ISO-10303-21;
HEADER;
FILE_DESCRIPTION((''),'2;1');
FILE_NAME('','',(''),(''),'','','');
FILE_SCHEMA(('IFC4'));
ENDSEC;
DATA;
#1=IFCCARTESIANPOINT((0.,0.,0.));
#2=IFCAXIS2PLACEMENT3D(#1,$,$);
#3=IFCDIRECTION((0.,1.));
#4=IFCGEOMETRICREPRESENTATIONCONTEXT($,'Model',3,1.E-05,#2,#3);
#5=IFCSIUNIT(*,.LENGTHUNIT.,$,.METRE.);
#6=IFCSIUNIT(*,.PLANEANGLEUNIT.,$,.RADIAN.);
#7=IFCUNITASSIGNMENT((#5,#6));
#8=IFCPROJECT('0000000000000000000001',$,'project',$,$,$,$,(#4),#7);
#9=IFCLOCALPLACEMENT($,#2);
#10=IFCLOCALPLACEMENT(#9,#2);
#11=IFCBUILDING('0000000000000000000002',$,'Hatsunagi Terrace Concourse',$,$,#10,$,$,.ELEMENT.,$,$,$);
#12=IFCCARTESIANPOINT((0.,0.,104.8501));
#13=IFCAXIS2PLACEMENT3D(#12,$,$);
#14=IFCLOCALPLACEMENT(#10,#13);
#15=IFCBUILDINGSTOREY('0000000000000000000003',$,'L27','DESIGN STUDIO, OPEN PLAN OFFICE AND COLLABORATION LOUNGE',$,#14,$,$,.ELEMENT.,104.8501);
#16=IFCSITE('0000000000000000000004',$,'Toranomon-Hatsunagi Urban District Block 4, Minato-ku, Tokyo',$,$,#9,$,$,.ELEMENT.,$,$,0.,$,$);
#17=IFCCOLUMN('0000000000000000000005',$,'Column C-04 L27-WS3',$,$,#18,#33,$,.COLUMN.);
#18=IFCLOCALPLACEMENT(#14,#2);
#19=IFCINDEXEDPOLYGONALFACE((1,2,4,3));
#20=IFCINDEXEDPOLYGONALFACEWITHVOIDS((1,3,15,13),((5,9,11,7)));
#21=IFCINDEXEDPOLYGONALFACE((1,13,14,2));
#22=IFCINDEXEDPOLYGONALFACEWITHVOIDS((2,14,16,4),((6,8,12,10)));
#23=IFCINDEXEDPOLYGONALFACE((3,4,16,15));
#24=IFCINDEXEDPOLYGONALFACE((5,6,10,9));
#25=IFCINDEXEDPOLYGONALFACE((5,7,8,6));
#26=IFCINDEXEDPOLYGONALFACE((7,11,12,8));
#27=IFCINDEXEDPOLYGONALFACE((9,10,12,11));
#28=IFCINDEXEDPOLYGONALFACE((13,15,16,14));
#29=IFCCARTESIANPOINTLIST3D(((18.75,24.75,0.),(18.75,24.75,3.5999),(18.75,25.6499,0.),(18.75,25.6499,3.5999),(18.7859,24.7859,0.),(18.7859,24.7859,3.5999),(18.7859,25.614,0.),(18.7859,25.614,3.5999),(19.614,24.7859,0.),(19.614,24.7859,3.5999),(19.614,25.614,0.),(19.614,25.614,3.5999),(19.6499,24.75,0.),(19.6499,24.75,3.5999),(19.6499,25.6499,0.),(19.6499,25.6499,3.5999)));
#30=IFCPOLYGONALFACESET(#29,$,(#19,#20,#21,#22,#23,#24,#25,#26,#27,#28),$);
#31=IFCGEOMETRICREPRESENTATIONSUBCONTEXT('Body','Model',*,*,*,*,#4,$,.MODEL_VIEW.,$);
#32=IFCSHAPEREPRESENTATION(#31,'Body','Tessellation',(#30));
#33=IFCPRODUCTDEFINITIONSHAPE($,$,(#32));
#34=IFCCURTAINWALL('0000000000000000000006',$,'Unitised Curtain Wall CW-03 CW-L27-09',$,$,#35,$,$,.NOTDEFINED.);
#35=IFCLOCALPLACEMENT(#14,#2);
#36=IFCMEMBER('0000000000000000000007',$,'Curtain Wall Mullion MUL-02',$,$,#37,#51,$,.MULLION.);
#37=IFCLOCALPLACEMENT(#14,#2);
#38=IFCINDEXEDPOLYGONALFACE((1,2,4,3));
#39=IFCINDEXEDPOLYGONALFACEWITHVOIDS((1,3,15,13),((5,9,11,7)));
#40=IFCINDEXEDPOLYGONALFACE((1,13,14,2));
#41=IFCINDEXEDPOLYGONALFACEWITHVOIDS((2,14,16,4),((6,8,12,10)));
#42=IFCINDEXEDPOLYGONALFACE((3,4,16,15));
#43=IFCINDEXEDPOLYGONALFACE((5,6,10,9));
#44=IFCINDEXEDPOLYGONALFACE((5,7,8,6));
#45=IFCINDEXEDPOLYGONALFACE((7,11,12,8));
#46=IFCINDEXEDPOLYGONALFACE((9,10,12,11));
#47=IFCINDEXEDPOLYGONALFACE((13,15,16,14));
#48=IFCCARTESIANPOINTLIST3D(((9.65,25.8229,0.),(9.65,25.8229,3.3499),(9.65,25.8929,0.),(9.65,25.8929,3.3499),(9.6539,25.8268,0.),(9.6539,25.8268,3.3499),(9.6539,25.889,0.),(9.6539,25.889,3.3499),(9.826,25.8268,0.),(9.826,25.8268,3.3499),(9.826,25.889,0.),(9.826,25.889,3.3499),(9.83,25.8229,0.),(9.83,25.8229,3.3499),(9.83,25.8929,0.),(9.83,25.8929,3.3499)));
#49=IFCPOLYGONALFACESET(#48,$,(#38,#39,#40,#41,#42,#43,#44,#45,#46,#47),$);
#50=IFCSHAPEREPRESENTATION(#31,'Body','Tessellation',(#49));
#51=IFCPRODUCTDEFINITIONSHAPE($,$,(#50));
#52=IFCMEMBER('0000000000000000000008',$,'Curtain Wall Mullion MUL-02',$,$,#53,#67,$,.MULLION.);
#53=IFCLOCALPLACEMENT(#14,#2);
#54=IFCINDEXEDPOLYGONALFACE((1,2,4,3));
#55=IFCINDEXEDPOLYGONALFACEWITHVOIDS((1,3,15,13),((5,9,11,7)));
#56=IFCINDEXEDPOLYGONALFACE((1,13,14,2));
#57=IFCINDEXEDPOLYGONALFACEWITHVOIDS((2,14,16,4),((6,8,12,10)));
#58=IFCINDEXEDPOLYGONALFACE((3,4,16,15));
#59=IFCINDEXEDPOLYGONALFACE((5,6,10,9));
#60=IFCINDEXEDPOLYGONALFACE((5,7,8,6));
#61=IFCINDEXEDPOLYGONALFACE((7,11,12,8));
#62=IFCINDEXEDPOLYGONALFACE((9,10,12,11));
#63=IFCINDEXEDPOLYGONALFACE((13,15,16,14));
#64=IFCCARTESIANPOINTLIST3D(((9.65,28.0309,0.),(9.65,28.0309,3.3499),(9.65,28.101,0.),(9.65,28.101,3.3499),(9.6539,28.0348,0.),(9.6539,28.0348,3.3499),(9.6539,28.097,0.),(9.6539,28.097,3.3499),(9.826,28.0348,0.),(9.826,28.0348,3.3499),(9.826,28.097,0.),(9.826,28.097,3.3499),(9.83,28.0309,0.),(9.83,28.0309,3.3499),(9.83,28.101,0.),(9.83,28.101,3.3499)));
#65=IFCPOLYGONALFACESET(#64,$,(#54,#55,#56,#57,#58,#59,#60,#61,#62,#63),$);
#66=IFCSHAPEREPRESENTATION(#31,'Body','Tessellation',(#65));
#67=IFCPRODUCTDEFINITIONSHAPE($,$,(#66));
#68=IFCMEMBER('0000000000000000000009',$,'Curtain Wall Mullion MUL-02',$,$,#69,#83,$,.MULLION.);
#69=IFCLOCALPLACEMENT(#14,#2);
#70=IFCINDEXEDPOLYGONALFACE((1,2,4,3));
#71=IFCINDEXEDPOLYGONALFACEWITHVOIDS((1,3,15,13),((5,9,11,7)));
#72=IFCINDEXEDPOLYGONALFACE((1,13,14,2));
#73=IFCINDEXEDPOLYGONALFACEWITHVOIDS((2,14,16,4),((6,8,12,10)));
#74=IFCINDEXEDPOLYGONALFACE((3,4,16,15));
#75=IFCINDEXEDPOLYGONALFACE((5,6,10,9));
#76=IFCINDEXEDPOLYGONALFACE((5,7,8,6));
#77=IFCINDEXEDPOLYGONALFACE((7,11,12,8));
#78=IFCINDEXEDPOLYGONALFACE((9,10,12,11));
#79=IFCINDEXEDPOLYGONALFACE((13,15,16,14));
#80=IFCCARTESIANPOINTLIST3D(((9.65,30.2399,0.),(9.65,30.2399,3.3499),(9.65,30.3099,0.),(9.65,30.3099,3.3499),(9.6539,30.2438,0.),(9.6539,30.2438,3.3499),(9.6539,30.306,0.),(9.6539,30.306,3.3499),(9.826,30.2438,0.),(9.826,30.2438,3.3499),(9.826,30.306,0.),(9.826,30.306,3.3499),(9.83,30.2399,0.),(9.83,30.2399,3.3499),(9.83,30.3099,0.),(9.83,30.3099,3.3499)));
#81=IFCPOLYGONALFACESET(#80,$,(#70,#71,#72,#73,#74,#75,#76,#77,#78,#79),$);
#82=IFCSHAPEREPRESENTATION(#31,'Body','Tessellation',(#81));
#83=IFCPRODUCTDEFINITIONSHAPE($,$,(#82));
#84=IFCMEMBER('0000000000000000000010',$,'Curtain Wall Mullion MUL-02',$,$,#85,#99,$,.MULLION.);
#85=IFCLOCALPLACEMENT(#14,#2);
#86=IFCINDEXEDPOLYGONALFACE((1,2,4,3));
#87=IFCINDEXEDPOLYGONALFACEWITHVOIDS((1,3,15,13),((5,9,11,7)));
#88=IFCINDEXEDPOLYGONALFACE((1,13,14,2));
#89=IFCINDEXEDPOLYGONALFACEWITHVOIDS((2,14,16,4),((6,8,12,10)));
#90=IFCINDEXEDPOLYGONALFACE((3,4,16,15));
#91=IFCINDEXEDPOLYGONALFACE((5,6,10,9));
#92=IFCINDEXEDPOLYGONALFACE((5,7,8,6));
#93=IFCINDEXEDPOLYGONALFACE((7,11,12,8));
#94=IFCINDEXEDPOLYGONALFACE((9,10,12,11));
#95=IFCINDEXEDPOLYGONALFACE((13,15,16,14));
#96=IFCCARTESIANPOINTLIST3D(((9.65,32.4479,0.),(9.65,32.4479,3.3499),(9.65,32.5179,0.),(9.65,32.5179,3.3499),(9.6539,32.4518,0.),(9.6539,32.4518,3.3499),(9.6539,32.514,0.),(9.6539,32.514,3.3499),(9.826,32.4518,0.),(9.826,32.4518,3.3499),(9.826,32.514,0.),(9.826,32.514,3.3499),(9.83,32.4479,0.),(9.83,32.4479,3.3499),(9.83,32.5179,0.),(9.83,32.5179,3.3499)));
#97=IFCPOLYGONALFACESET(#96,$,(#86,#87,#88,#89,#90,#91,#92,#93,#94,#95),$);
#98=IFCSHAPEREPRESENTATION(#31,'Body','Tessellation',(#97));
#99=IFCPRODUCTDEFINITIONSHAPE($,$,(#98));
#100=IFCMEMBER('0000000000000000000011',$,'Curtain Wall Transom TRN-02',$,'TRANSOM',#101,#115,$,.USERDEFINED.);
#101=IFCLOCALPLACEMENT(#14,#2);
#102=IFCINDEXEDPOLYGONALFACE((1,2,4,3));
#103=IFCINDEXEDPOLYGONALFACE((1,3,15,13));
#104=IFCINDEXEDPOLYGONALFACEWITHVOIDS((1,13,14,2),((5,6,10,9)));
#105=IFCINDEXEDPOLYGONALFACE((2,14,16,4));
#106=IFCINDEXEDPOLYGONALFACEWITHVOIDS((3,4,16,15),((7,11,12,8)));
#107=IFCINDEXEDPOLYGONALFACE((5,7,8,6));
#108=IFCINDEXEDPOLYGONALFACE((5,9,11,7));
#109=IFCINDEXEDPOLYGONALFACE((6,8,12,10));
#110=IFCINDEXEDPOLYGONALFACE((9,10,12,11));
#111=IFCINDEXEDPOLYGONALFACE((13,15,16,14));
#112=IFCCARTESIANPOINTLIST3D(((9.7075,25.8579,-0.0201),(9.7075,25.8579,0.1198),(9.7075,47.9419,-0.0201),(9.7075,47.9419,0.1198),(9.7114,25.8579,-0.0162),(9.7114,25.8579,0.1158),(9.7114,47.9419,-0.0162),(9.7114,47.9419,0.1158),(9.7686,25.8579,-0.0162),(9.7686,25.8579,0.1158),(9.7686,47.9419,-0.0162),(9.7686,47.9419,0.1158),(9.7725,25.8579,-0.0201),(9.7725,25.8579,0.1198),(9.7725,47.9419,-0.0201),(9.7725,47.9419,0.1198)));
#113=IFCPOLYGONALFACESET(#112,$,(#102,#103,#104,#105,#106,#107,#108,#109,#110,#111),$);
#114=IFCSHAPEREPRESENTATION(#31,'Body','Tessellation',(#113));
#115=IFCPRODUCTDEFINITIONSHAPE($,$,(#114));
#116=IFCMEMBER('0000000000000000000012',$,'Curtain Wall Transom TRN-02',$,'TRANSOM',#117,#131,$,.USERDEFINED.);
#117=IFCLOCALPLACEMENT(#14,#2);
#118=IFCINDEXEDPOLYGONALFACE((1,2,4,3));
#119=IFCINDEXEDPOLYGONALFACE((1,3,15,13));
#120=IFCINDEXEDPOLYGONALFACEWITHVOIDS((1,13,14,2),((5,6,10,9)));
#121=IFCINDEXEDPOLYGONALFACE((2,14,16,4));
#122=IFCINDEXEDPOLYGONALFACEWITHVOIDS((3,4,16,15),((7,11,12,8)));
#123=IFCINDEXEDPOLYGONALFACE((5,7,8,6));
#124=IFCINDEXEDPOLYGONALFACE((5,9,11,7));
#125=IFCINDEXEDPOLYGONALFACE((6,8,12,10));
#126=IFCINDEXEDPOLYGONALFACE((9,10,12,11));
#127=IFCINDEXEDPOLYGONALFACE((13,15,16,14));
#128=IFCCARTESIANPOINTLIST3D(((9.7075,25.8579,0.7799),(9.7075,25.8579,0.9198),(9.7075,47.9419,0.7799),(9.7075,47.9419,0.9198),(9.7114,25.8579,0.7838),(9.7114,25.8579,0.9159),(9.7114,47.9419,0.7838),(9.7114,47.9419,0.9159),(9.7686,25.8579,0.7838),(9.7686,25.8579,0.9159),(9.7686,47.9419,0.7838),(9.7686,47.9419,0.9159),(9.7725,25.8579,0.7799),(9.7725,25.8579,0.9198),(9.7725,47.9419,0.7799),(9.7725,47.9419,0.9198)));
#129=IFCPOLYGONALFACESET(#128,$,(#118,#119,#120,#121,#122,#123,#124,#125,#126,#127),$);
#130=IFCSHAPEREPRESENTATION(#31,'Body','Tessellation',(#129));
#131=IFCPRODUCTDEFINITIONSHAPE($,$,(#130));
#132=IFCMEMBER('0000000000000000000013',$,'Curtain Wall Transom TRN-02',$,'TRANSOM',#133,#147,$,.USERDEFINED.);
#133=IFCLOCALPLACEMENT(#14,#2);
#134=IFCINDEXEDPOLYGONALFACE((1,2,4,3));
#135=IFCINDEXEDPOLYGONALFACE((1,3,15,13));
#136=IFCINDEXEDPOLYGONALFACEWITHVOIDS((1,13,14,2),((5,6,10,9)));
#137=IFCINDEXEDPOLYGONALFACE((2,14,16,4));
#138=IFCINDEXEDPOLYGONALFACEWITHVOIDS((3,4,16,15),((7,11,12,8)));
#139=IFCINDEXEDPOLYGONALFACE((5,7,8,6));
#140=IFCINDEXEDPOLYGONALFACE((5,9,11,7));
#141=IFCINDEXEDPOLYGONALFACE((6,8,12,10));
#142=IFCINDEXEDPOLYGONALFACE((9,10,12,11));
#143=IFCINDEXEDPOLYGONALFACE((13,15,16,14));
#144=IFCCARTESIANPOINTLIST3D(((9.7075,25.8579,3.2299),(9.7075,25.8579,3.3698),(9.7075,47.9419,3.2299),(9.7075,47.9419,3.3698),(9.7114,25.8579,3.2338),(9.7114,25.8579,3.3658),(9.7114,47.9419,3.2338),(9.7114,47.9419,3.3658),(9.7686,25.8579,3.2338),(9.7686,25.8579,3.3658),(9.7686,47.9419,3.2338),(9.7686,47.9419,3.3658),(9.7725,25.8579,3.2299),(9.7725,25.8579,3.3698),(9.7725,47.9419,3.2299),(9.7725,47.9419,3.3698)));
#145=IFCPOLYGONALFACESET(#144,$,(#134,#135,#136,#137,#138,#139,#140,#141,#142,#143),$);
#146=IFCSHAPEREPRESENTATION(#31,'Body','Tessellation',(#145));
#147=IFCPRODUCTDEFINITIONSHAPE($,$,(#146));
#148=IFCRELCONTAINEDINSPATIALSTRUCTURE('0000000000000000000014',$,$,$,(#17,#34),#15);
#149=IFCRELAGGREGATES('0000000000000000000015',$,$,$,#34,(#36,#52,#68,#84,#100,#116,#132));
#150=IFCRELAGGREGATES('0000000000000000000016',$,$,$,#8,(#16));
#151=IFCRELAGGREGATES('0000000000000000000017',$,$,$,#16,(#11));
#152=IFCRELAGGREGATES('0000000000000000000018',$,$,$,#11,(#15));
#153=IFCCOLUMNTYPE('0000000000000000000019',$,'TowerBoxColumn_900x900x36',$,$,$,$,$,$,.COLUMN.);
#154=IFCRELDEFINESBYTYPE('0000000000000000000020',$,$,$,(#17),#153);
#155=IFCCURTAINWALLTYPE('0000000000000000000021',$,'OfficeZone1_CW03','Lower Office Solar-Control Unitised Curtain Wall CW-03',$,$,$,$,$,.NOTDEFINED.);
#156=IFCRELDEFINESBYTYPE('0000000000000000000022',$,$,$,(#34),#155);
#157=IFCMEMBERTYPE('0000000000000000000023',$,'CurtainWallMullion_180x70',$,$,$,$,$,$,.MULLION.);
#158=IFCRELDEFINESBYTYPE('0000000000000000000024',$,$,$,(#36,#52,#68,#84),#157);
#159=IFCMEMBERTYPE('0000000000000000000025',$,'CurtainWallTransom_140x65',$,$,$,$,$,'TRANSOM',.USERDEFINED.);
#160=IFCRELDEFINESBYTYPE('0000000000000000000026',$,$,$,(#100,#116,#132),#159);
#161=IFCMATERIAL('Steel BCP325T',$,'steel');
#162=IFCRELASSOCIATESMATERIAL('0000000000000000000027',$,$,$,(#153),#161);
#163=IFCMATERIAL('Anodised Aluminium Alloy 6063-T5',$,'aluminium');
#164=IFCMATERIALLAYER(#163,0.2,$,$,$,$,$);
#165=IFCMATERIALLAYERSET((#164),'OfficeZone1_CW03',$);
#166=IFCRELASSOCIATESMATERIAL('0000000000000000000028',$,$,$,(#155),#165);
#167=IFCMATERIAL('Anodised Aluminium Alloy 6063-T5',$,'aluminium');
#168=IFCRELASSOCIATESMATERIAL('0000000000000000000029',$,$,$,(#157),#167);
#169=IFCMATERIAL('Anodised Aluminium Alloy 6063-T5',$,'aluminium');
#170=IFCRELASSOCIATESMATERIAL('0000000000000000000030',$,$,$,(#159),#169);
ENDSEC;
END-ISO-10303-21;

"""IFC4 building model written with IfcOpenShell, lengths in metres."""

from ifc_helpers import new_model, si_unit, direction, frame, origin, origin_2d, place, context, subcontext, project, spatial, hollow_rectangle, extrude, material, layer, layer_set, material_profile, profile_set, type_object, element, aggregate, save


model = new_model("IFC4")

# Units and contexts
model_context = context("Model", 3, precision=1e-05, world=origin(), true_north=direction((0.0, 1.0)))
body_context = subcontext(model_context, "Body", "Model", "MODEL_VIEW")
ifc_project = project(units=[si_unit("LENGTHUNIT", "METRE"), si_unit("PLANEANGLEUNIT", "RADIAN")], contexts=[model_context])

# Site, building, storey
site_placement = place(None, origin())
site = spatial("IfcSite", under=ifc_project, at=site_placement, Name="Toranomon-Hatsunagi Urban District Block 4, Minato-ku, Tokyo", CompositionType="ELEMENT", RefElevation=0.0)
building_placement = place(site_placement, origin())
building = spatial("IfcBuilding", under=site, at=building_placement, Name="Hatsunagi Terrace Concourse", CompositionType="ELEMENT")
storey_placement = place(building_placement, frame((0.0, 0.0, 104.8501)))
storey = spatial("IfcBuildingStorey", under=building, at=storey_placement, Name="L27", Description="DESIGN STUDIO, OPEN PLAN OFFICE AND COLLABORATION LOUNGE", CompositionType="ELEMENT", Elevation=104.8501)

# Column
ifc_material_1 = material(Name="Steel BCP325T", Category="steel")
ifc_material_profile_1 = material_profile(ifc_material_1, hollow_rectangle(XDim=0.8999, YDim=0.8999, WallThickness=0.0359, at=origin_2d()), Name="BCP-900x900x36")
ifc_profile_set_1 = profile_set([ifc_material_profile_1], Name="Steel BCP325T")
column_type = type_object("IfcColumnType", Name="TowerBoxColumn_900x900x36", PredefinedType="COLUMN", material=ifc_profile_set_1)
column_placement = place(storey_placement, frame((19.2, 25.2, 0.0), z_axis=(0.0, 0.0, 1.0), x_axis=(1.0, 0.0, 0.0)))
element("IfcColumn", 1, at=column_placement, inside=storey, type_object=column_type, Name="Column C-04 L27-WS3", PredefinedType="COLUMN", context=body_context, shape_type="SweptSolid", body=[
    extrude(hollow_rectangle(XDim=0.8999, YDim=0.8999, WallThickness=0.0359, at=origin_2d()), origin(), (0.0, 0.0, 1.0), 3.5999),
])

# Curtain wall, members
ifc_material_2 = material(Name="Anodised Aluminium Alloy 6063-T5", Category="aluminium")
ifc_layer_1 = layer(ifc_material_2, 0.2)
ifc_layer_set_1 = layer_set([ifc_layer_1], Name="OfficeZone1_CW03")
curtain_wall_type = type_object("IfcCurtainWallType", Name="OfficeZone1_CW03", Description="Lower Office Solar-Control Unitised Curtain Wall CW-03", PredefinedType="NOTDEFINED", material=ifc_layer_set_1)
curtain_wall_placement = place(storey_placement, origin())
curtain_wall = element("IfcCurtainWall", 2, at=curtain_wall_placement, inside=storey, type_object=curtain_wall_type, Name="Unitised Curtain Wall CW-03 CW-L27-09", PredefinedType="NOTDEFINED")
ifc_material_3 = material(Name="Anodised Aluminium Alloy 6063-T5", Category="aluminium")
ifc_material_profile_2 = material_profile(ifc_material_3, hollow_rectangle(XDim=0.0701, YDim=0.1799, WallThickness=0.0039, at=origin_2d()), Name="ALU-MUL-180x70x4")
ifc_profile_set_2 = profile_set([ifc_material_profile_2], Name="Anodised Aluminium Alloy 6063-T5")
member_type_1 = type_object("IfcMemberType", Name="CurtainWallMullion_180x70", PredefinedType="MULLION", material=ifc_profile_set_2)
member_1_placement = place(storey_placement, frame((9.74, 25.8579, 0.0), z_axis=(0.0, 0.0, 1.0), x_axis=(0.0, 1.0, 0.0)))
member_1 = element("IfcMember", 3, at=member_1_placement, type_object=member_type_1, Name="Curtain Wall Mullion MUL-02", PredefinedType="MULLION", context=body_context, shape_type="SweptSolid", body=[
    extrude(hollow_rectangle(XDim=0.0701, YDim=0.1799, WallThickness=0.0039, at=origin_2d()), origin(), (0.0, 0.0, 1.0), 3.3499),
])
member_2_placement = place(storey_placement, frame((9.74, 28.0659, 0.0), z_axis=(0.0, 0.0, 1.0), x_axis=(0.0, 1.0, 0.0)))
member_2 = element("IfcMember", 4, at=member_2_placement, type_object=member_type_1, Name="Curtain Wall Mullion MUL-02", PredefinedType="MULLION", context=body_context, shape_type="SweptSolid", body=[
    extrude(hollow_rectangle(XDim=0.0701, YDim=0.1799, WallThickness=0.0039, at=origin_2d()), origin(), (0.0, 0.0, 1.0), 3.3499),
])
member_3_placement = place(storey_placement, frame((9.74, 30.2749, 0.0), z_axis=(0.0, 0.0, 1.0), x_axis=(0.0, 1.0, 0.0)))
member_3 = element("IfcMember", 5, at=member_3_placement, type_object=member_type_1, Name="Curtain Wall Mullion MUL-02", PredefinedType="MULLION", context=body_context, shape_type="SweptSolid", body=[
    extrude(hollow_rectangle(XDim=0.0701, YDim=0.1799, WallThickness=0.0039, at=origin_2d()), origin(), (0.0, 0.0, 1.0), 3.3499),
])
member_4_placement = place(storey_placement, frame((9.74, 32.4829, 0.0), z_axis=(0.0, 0.0, 1.0), x_axis=(0.0, 1.0, 0.0)))
member_4 = element("IfcMember", 6, at=member_4_placement, type_object=member_type_1, Name="Curtain Wall Mullion MUL-02", PredefinedType="MULLION", context=body_context, shape_type="SweptSolid", body=[
    extrude(hollow_rectangle(XDim=0.0701, YDim=0.1799, WallThickness=0.0039, at=origin_2d()), origin(), (0.0, 0.0, 1.0), 3.3499),
])
ifc_material_4 = material(Name="Anodised Aluminium Alloy 6063-T5", Category="aluminium")
ifc_material_profile_3 = material_profile(ifc_material_4, hollow_rectangle(XDim=0.0649, YDim=0.1399, WallThickness=0.0039, at=origin_2d()), Name="ALU-TRN-140x65x4")
ifc_profile_set_3 = profile_set([ifc_material_profile_3], Name="Anodised Aluminium Alloy 6063-T5")
member_type_2 = type_object("IfcMemberType", Name="CurtainWallTransom_140x65", ElementType="TRANSOM", PredefinedType="USERDEFINED", material=ifc_profile_set_3)
member_5_placement = place(storey_placement, frame((9.74, 25.8579, 0.0498), z_axis=(0.0, 1.0, 0.0), x_axis=(-1.0, 0.0, 0.0)))
member_5 = element("IfcMember", 7, at=member_5_placement, type_object=member_type_2, Name="Curtain Wall Transom TRN-02", ObjectType="TRANSOM", PredefinedType="USERDEFINED", context=body_context, shape_type="SweptSolid", body=[
    extrude(hollow_rectangle(XDim=0.0649, YDim=0.1399, WallThickness=0.0039, at=origin_2d()), origin(), (0.0, 0.0, 1.0), 22.084),
])
member_6_placement = place(storey_placement, frame((9.74, 25.8579, 0.8499), z_axis=(0.0, 1.0, 0.0), x_axis=(-1.0, 0.0, 0.0)))
member_6 = element("IfcMember", 8, at=member_6_placement, type_object=member_type_2, Name="Curtain Wall Transom TRN-02", ObjectType="TRANSOM", PredefinedType="USERDEFINED", context=body_context, shape_type="SweptSolid", body=[
    extrude(hollow_rectangle(XDim=0.0649, YDim=0.1399, WallThickness=0.0039, at=origin_2d()), origin(), (0.0, 0.0, 1.0), 22.084),
])
member_7_placement = place(storey_placement, frame((9.74, 25.8579, 3.2998), z_axis=(0.0, 1.0, 0.0), x_axis=(-1.0, 0.0, 0.0)))
member_7 = element("IfcMember", 9, at=member_7_placement, type_object=member_type_2, Name="Curtain Wall Transom TRN-02", ObjectType="TRANSOM", PredefinedType="USERDEFINED", context=body_context, shape_type="SweptSolid", body=[
    extrude(hollow_rectangle(XDim=0.0649, YDim=0.1399, WallThickness=0.0039, at=origin_2d()), origin(), (0.0, 0.0, 1.0), 22.084),
])

aggregate(curtain_wall, [member_1, member_2, member_3, member_4, member_5, member_6, member_7])

save(model, "model.ifc")
